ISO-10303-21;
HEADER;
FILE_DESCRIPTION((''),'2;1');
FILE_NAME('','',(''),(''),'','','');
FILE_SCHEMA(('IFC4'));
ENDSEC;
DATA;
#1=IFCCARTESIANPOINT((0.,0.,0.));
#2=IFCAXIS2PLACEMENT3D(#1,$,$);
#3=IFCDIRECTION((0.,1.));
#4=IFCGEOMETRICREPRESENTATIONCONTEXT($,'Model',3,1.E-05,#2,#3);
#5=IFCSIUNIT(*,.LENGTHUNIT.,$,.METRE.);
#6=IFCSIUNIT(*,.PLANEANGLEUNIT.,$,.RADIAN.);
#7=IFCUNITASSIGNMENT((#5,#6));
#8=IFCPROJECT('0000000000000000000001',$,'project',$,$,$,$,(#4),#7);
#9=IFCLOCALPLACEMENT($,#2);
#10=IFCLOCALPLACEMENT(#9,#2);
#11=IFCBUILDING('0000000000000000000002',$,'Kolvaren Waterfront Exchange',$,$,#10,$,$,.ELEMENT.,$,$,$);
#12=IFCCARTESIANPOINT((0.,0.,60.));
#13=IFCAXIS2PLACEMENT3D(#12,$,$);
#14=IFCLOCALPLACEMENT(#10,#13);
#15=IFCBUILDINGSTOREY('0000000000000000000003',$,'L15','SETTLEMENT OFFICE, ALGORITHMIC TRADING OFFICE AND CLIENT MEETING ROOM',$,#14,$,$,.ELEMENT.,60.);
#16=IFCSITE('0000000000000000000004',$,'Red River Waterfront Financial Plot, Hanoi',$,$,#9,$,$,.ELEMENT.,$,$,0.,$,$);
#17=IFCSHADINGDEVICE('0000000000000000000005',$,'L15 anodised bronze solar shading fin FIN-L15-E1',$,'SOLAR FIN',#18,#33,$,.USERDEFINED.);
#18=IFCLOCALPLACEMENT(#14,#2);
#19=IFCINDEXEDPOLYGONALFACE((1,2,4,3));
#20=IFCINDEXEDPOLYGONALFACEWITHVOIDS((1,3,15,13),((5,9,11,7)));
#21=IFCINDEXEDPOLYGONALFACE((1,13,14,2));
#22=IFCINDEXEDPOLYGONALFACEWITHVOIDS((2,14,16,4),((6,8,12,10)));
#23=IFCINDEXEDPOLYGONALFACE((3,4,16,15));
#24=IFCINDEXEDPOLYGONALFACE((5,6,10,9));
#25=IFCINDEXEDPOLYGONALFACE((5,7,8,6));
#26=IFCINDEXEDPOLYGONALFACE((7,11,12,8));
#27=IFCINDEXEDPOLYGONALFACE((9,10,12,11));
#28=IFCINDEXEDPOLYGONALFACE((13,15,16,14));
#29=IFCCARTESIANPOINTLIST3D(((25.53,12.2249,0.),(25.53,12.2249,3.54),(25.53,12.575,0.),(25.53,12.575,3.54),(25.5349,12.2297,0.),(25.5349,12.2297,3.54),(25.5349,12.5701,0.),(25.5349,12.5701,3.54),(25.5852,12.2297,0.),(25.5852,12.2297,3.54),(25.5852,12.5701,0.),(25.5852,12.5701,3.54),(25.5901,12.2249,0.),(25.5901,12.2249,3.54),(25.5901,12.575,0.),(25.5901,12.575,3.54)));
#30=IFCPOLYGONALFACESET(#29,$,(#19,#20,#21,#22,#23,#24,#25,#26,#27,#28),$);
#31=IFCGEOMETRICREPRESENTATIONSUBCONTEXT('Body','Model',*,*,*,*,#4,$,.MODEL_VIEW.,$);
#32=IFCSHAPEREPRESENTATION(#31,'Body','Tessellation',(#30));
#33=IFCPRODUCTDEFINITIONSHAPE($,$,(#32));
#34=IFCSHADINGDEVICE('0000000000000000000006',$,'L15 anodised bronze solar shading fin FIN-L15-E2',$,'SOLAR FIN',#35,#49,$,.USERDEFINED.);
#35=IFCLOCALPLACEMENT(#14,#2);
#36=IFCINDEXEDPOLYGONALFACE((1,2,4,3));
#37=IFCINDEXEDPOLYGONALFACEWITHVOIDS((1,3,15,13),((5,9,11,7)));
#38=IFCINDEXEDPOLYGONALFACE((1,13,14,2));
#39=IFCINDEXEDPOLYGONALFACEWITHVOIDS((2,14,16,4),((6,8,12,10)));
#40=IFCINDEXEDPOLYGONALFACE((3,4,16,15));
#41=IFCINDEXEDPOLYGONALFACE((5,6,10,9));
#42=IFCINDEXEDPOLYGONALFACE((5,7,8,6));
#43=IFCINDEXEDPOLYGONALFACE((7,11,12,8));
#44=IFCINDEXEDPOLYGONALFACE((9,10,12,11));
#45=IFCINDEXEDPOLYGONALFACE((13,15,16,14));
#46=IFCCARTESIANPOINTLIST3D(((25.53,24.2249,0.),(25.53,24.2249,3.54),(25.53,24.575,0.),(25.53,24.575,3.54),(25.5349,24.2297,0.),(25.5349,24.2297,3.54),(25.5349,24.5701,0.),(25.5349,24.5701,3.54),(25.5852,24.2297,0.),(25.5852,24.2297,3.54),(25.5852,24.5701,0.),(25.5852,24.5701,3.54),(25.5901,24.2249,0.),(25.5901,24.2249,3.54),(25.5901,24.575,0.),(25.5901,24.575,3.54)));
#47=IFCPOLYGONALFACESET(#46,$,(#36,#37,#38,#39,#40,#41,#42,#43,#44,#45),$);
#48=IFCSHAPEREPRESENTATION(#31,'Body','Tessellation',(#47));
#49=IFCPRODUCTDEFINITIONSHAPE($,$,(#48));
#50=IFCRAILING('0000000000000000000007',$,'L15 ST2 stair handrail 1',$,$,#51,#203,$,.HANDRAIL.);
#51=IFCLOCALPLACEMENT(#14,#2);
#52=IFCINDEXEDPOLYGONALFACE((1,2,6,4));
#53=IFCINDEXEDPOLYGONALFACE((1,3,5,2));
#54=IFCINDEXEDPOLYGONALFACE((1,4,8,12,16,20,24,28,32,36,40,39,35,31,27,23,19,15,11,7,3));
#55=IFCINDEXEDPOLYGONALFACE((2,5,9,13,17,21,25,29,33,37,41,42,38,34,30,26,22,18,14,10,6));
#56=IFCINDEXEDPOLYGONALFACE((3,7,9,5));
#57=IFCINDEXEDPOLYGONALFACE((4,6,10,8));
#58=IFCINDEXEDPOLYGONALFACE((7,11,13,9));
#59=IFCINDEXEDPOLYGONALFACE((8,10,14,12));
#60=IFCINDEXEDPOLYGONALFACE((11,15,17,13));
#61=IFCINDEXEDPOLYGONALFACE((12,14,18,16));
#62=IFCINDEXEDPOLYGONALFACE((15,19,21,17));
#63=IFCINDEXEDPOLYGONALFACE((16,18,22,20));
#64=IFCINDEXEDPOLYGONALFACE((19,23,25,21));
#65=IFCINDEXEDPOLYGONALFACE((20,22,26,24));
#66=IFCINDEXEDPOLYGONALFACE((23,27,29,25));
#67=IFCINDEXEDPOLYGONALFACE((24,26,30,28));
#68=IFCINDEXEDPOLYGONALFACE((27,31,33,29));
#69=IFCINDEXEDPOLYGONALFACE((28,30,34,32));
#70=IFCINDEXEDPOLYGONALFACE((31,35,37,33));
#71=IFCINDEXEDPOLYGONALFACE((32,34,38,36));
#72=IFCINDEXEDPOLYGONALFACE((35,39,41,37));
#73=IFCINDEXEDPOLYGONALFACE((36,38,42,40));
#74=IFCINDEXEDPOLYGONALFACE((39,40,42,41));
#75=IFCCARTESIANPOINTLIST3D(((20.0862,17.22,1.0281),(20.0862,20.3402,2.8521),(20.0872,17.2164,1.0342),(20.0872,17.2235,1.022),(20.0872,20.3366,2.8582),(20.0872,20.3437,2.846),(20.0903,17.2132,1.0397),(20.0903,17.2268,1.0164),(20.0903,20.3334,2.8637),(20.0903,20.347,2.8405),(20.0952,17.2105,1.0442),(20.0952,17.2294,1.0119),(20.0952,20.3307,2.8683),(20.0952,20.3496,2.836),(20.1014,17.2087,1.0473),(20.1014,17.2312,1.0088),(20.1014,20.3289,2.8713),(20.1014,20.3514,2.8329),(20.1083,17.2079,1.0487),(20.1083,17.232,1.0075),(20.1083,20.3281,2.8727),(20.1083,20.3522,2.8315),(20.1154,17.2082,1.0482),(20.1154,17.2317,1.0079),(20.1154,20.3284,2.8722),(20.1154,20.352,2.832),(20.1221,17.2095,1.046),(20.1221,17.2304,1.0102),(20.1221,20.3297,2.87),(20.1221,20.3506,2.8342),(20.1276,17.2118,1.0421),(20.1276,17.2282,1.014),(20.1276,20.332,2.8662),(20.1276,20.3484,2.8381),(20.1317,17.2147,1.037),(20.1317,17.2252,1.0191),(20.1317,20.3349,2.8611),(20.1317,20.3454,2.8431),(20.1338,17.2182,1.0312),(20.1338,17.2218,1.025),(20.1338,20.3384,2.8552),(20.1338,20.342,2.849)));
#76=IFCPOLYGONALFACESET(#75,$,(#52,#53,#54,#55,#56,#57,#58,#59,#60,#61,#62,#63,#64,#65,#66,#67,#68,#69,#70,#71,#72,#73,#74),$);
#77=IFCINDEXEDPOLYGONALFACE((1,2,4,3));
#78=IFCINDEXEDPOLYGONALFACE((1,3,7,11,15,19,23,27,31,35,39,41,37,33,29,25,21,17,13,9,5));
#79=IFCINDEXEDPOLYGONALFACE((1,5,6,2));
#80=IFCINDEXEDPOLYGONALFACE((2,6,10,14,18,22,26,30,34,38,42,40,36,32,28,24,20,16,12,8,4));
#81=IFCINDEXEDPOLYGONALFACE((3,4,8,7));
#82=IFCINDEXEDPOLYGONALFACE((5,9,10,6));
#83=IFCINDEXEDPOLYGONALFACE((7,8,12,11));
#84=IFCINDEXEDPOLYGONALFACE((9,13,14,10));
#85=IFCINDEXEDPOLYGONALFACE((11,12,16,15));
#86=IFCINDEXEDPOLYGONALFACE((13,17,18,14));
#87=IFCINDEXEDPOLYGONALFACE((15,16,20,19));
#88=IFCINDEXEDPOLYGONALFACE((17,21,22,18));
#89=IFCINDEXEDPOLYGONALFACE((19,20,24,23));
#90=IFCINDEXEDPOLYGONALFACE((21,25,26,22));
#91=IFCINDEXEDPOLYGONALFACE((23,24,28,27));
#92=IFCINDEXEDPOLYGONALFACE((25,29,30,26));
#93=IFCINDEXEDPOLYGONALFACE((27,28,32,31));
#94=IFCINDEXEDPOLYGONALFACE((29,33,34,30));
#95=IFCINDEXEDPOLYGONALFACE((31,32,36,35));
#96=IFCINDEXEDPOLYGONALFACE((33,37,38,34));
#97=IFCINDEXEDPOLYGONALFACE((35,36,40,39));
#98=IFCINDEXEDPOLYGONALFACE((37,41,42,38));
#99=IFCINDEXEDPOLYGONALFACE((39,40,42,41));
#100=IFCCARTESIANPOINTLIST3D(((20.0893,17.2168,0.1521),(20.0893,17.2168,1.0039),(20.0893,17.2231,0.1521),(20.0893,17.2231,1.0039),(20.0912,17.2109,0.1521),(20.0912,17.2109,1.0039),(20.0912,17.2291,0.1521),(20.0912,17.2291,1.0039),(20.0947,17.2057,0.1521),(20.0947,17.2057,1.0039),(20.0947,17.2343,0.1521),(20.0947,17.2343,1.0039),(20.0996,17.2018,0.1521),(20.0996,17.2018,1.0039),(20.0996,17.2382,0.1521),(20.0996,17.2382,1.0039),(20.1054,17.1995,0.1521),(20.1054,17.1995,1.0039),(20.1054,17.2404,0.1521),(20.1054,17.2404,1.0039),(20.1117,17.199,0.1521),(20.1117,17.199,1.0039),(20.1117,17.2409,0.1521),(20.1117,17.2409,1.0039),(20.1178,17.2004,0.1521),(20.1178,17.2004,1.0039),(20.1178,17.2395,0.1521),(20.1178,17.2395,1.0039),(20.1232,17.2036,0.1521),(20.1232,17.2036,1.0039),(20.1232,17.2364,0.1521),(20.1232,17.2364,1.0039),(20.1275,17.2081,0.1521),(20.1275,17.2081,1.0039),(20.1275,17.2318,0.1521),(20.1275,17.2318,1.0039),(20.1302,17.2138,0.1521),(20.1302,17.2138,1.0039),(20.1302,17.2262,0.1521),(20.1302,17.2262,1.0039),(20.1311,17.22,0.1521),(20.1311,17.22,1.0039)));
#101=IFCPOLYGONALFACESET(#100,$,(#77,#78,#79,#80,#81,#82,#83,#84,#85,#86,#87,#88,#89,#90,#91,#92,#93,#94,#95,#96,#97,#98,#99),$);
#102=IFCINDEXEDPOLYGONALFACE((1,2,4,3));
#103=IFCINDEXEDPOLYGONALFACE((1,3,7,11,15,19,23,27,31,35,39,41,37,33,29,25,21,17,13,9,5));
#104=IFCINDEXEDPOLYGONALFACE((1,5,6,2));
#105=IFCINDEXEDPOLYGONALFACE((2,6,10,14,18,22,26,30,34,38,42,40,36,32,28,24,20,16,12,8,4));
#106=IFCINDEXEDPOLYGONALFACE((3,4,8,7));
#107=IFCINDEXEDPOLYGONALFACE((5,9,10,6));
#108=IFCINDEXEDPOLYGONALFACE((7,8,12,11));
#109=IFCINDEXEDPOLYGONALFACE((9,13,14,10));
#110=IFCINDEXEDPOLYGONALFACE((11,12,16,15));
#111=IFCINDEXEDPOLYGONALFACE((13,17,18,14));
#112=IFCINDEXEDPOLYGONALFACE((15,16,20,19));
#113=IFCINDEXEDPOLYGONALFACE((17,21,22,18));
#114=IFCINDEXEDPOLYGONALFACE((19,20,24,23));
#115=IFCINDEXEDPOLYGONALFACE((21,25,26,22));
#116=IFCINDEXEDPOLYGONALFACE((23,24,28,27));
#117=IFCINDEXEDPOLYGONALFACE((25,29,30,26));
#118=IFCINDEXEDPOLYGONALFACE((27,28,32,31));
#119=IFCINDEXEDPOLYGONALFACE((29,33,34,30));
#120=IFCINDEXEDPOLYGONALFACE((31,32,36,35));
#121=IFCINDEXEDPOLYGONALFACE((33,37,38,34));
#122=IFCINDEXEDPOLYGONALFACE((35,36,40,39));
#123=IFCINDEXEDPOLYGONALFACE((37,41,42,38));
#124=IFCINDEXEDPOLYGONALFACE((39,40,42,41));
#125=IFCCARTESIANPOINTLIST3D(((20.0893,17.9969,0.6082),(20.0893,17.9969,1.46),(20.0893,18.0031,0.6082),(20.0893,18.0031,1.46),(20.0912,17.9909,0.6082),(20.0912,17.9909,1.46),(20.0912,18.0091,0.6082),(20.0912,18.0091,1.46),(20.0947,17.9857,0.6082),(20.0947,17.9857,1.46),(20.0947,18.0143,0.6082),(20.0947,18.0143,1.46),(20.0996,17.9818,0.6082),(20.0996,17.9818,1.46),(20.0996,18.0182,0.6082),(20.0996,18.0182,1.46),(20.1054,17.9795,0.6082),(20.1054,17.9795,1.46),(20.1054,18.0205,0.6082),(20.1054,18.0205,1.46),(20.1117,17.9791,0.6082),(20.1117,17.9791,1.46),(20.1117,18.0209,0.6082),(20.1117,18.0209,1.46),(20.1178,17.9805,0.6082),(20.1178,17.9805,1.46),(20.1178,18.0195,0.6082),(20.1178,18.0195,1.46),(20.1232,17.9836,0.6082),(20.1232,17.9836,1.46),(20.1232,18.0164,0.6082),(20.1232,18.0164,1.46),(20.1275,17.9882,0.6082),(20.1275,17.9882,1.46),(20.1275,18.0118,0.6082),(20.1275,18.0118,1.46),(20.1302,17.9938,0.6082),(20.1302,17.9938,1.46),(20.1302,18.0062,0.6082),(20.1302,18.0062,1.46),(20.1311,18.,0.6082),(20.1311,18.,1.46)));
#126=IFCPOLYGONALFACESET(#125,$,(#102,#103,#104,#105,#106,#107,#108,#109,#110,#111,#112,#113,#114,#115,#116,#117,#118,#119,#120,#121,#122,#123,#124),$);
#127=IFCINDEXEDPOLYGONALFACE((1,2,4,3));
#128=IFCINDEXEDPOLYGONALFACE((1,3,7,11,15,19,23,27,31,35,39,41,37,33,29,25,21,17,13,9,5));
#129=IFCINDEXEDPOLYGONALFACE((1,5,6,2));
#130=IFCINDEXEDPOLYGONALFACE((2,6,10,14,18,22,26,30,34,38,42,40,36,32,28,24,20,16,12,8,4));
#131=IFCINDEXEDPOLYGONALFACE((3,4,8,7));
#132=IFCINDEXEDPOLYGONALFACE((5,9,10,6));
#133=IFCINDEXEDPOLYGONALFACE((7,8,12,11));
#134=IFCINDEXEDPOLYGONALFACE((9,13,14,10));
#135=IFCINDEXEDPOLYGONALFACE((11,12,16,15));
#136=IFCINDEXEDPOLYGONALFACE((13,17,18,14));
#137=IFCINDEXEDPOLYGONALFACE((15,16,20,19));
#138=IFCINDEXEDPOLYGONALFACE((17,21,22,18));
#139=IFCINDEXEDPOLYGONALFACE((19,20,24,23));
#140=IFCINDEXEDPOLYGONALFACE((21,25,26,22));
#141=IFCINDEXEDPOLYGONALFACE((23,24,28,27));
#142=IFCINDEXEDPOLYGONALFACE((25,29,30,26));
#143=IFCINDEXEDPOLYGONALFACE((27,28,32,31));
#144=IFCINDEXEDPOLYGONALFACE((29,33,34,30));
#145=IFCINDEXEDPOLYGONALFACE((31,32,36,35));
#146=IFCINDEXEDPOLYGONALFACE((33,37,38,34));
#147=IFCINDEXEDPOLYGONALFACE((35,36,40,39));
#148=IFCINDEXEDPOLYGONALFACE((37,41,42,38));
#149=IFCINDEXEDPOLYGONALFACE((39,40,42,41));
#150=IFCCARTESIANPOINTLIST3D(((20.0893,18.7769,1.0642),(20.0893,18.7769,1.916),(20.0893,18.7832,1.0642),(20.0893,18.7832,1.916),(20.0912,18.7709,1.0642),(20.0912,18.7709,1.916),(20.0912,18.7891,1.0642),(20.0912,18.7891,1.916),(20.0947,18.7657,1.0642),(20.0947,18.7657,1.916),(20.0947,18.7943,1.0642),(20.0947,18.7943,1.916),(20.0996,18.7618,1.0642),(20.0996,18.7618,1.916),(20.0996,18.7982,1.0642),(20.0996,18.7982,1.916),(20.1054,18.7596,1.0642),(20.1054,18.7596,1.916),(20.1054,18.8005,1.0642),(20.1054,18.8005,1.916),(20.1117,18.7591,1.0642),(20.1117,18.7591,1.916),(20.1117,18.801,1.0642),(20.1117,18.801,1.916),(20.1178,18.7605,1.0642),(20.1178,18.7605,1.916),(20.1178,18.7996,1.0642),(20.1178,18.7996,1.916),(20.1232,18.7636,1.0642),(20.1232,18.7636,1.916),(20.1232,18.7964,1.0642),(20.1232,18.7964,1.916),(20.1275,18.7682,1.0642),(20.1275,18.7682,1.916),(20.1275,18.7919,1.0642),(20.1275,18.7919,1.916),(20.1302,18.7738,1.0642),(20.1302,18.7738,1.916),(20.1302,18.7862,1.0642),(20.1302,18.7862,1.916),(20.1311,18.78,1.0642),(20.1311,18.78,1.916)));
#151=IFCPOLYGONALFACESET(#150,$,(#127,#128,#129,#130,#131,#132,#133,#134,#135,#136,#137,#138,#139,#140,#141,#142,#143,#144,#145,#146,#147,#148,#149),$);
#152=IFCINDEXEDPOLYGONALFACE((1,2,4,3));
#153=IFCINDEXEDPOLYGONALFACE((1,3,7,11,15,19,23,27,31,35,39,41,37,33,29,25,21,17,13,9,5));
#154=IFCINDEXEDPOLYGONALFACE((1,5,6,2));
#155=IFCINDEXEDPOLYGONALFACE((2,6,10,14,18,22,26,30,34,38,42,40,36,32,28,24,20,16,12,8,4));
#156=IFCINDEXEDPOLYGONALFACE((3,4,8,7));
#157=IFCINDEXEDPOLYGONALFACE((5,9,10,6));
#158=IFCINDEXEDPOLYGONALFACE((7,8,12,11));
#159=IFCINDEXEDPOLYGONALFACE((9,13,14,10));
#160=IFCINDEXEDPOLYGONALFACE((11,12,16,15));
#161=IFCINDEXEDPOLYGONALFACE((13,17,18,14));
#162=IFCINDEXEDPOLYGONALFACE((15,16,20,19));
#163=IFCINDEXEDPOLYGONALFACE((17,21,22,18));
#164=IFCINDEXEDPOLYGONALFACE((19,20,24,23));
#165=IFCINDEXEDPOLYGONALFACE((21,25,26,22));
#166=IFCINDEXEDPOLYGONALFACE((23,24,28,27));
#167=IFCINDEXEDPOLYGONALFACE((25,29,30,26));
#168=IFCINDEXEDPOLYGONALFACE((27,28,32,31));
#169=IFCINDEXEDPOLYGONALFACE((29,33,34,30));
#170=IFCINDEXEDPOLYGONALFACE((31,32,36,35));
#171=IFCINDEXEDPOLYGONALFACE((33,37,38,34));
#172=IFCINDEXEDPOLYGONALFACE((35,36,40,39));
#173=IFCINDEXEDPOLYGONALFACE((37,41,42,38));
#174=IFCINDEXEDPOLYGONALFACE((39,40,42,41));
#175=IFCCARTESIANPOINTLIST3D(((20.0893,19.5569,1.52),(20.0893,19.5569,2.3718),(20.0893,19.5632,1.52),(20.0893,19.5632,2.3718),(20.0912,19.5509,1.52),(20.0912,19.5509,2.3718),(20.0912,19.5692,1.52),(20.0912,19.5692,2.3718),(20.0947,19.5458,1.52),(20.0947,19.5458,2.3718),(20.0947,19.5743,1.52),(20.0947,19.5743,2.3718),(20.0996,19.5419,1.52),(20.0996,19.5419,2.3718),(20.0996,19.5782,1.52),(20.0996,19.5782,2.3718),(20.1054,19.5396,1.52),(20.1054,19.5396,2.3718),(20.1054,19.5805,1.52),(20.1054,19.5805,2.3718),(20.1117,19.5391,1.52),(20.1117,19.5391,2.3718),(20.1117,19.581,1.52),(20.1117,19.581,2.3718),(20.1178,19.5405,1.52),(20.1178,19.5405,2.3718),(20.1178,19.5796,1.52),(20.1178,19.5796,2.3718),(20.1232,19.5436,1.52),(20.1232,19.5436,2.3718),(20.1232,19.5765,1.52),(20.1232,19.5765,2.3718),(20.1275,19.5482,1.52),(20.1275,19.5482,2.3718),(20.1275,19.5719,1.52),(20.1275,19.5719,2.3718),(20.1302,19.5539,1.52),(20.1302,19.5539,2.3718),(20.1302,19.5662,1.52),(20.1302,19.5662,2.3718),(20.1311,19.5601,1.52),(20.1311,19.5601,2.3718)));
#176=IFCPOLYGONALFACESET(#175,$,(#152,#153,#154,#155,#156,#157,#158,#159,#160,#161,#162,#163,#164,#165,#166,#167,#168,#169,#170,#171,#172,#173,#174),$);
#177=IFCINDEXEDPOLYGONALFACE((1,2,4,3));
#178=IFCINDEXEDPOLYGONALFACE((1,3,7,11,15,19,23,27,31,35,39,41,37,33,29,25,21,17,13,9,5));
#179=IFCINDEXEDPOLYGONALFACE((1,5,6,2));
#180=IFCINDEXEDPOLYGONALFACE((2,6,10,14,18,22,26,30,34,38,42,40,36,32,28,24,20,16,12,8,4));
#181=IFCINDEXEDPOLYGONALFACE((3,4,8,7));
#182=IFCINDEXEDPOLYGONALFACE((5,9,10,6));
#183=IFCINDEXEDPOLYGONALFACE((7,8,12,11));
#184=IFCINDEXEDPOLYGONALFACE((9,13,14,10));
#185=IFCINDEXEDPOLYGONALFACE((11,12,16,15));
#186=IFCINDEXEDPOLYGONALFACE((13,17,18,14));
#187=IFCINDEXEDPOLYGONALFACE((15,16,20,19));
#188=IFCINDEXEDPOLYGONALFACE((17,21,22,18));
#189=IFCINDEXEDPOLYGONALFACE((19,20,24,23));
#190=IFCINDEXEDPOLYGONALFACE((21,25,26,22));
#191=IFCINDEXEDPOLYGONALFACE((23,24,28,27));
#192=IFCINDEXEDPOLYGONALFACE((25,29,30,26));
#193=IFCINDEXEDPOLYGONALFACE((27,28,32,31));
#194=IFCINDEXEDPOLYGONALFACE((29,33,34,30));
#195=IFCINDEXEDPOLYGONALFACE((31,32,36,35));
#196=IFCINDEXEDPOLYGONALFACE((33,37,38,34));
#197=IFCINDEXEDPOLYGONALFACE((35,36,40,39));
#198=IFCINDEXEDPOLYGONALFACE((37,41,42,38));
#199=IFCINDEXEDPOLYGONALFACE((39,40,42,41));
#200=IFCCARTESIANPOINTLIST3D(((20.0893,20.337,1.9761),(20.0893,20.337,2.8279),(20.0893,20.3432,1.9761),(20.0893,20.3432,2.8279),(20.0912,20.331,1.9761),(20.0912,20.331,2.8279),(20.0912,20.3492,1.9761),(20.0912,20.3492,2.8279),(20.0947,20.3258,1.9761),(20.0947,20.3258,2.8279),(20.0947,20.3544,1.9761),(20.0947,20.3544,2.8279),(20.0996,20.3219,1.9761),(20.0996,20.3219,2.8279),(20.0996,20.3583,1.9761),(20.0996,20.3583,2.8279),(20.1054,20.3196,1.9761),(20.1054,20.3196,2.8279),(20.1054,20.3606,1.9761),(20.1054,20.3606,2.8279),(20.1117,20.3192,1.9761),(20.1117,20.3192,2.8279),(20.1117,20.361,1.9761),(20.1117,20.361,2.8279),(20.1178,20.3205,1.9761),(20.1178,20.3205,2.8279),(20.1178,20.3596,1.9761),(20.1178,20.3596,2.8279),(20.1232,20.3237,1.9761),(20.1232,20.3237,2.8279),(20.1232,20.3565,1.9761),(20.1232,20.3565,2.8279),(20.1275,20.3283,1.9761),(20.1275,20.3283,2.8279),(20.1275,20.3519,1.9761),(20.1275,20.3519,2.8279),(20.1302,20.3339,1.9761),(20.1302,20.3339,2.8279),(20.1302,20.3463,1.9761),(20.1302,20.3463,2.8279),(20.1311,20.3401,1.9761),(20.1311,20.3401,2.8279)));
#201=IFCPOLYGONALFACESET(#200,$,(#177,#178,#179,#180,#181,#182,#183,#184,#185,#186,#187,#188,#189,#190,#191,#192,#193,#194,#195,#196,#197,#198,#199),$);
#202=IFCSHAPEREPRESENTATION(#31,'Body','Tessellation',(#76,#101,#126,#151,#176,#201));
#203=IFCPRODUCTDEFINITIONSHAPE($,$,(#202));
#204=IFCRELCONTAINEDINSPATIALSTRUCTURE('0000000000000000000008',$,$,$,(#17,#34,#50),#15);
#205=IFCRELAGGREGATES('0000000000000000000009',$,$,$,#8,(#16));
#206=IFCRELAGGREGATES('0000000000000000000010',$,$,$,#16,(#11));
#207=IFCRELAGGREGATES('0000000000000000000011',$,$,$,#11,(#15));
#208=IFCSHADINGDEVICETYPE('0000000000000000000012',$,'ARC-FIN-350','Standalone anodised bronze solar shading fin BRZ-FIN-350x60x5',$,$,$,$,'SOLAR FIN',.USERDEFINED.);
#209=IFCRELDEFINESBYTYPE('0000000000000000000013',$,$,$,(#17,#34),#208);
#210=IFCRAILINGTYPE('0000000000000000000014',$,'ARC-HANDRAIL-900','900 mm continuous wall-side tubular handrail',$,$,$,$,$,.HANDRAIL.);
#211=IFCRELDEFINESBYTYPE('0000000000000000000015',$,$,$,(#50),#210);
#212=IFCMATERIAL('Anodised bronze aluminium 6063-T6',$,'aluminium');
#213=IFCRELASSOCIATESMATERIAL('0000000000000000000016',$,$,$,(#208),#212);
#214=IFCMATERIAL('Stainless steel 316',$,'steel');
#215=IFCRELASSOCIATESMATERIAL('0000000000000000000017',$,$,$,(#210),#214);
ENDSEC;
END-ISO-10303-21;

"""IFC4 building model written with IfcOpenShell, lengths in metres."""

from ifc_helpers import new_model, si_unit, direction, frame, origin, origin_2d, place, context, subcontext, project, spatial, hollow_rectangle, circle, extrude, material, material_profile, profile_set, type_object, element, save


model = new_model("IFC4")

# Units and contexts
model_context = context("Model", 3, precision=1e-05, world=origin(), true_north=direction((0.0, 1.0)))
body_context = subcontext(model_context, "Body", "Model", "MODEL_VIEW")
ifc_project = project(units=[si_unit("LENGTHUNIT", "METRE"), si_unit("PLANEANGLEUNIT", "RADIAN")], contexts=[model_context])

# Site, building, storey
site_placement = place(None, origin())
site = spatial("IfcSite", under=ifc_project, at=site_placement, Name="Red River Waterfront Financial Plot, Hanoi", CompositionType="ELEMENT", RefElevation=0.0)
building_placement = place(site_placement, origin())
building = spatial("IfcBuilding", under=site, at=building_placement, Name="Kolvaren Waterfront Exchange", CompositionType="ELEMENT")
storey_placement = place(building_placement, frame((0.0, 0.0, 60.0)))
storey = spatial("IfcBuildingStorey", under=building, at=storey_placement, Name="L15", Description="SETTLEMENT OFFICE, ALGORITHMIC TRADING OFFICE AND CLIENT MEETING ROOM", CompositionType="ELEMENT", Elevation=60.0)

# Shading devices
ifc_material_1 = material(Name="Anodised bronze aluminium 6063-T6", Category="aluminium")
ifc_material_profile_1 = material_profile(ifc_material_1, hollow_rectangle(XDim=0.0601, YDim=0.3501, WallThickness=0.0049, at=origin_2d()), Name="BRZ-FIN-350x60x5")
ifc_profile_set_1 = profile_set([ifc_material_profile_1], Name="Anodised bronze aluminium 6063-T6")
shading_device_type = type_object("IfcShadingDeviceType", Name="ARC-FIN-350", Description="Standalone anodised bronze solar shading fin BRZ-FIN-350x60x5", ElementType="SOLAR FIN", PredefinedType="USERDEFINED", material=ifc_profile_set_1)
for number, where, z_axis, x_axis, name in (
    (1, (25.5601, 12.3999, 0.0), (0.0, 0.0, 1.0), (1.0, 0.0, 0.0), "L15 anodised bronze solar shading fin FIN-L15-E1"),
    (2, (25.5601, 24.3999, 0.0), (0.0, 0.0, 1.0), (1.0, 0.0, 0.0), "L15 anodised bronze solar shading fin FIN-L15-E2"),
):
    element("IfcShadingDevice", number, at=place(storey_placement, frame(where, z_axis=z_axis, x_axis=x_axis)), inside=storey, type_object=shading_device_type, Name=name, ObjectType="SOLAR FIN", PredefinedType="USERDEFINED", context=body_context, shape_type="SweptSolid", body=[
        extrude(hollow_rectangle(XDim=0.0601, YDim=0.3501, WallThickness=0.0049, at=origin_2d()), origin(), (0.0, 0.0, 1.0), 3.54),
    ])

# Railing
ifc_material_2 = material(Name="Stainless steel 316", Category="steel")
railing_type = type_object("IfcRailingType", Name="ARC-HANDRAIL-900", Description="900 mm continuous wall-side tubular handrail", PredefinedType="HANDRAIL", material=ifc_material_2)
railing_1_placement = place(storey_placement, frame((20.1101, 17.22, 0.1521)))
element("IfcRailing", 3, at=railing_1_placement, inside=storey, type_object=railing_type, Name="L15 ST2 stair handrail 1", PredefinedType="HANDRAIL", context=body_context, shape_type="SweptSolid", body=[
    extrude(circle(Radius=0.0239, at=origin_2d()), frame((0.0, 0.0, 0.876), z_axis=(0.0, 0.863308, 0.504677), x_axis=(-1.0, 0.0, 0.0)), (0.0, 0.0, 1.0), 3.6143),
    extrude(circle(Radius=0.021, at=origin_2d()), origin(), (0.0, 0.0, 1.0), 0.8518),
    extrude(circle(Radius=0.021, at=origin_2d()), frame((0.0, 0.78, 0.4561)), (0.0, 0.0, 1.0), 0.8518),
    extrude(circle(Radius=0.021, at=origin_2d()), frame((0.0, 1.5601, 0.9121)), (0.0, 0.0, 1.0), 0.8518),
    extrude(circle(Radius=0.021, at=origin_2d()), frame((0.0, 2.3401, 1.3679)), (0.0, 0.0, 1.0), 0.8518),
    extrude(circle(Radius=0.021, at=origin_2d()), frame((0.0, 3.1201, 1.824)), (0.0, 0.0, 1.0), 0.8518),
])

save(model, "model.ifc")
